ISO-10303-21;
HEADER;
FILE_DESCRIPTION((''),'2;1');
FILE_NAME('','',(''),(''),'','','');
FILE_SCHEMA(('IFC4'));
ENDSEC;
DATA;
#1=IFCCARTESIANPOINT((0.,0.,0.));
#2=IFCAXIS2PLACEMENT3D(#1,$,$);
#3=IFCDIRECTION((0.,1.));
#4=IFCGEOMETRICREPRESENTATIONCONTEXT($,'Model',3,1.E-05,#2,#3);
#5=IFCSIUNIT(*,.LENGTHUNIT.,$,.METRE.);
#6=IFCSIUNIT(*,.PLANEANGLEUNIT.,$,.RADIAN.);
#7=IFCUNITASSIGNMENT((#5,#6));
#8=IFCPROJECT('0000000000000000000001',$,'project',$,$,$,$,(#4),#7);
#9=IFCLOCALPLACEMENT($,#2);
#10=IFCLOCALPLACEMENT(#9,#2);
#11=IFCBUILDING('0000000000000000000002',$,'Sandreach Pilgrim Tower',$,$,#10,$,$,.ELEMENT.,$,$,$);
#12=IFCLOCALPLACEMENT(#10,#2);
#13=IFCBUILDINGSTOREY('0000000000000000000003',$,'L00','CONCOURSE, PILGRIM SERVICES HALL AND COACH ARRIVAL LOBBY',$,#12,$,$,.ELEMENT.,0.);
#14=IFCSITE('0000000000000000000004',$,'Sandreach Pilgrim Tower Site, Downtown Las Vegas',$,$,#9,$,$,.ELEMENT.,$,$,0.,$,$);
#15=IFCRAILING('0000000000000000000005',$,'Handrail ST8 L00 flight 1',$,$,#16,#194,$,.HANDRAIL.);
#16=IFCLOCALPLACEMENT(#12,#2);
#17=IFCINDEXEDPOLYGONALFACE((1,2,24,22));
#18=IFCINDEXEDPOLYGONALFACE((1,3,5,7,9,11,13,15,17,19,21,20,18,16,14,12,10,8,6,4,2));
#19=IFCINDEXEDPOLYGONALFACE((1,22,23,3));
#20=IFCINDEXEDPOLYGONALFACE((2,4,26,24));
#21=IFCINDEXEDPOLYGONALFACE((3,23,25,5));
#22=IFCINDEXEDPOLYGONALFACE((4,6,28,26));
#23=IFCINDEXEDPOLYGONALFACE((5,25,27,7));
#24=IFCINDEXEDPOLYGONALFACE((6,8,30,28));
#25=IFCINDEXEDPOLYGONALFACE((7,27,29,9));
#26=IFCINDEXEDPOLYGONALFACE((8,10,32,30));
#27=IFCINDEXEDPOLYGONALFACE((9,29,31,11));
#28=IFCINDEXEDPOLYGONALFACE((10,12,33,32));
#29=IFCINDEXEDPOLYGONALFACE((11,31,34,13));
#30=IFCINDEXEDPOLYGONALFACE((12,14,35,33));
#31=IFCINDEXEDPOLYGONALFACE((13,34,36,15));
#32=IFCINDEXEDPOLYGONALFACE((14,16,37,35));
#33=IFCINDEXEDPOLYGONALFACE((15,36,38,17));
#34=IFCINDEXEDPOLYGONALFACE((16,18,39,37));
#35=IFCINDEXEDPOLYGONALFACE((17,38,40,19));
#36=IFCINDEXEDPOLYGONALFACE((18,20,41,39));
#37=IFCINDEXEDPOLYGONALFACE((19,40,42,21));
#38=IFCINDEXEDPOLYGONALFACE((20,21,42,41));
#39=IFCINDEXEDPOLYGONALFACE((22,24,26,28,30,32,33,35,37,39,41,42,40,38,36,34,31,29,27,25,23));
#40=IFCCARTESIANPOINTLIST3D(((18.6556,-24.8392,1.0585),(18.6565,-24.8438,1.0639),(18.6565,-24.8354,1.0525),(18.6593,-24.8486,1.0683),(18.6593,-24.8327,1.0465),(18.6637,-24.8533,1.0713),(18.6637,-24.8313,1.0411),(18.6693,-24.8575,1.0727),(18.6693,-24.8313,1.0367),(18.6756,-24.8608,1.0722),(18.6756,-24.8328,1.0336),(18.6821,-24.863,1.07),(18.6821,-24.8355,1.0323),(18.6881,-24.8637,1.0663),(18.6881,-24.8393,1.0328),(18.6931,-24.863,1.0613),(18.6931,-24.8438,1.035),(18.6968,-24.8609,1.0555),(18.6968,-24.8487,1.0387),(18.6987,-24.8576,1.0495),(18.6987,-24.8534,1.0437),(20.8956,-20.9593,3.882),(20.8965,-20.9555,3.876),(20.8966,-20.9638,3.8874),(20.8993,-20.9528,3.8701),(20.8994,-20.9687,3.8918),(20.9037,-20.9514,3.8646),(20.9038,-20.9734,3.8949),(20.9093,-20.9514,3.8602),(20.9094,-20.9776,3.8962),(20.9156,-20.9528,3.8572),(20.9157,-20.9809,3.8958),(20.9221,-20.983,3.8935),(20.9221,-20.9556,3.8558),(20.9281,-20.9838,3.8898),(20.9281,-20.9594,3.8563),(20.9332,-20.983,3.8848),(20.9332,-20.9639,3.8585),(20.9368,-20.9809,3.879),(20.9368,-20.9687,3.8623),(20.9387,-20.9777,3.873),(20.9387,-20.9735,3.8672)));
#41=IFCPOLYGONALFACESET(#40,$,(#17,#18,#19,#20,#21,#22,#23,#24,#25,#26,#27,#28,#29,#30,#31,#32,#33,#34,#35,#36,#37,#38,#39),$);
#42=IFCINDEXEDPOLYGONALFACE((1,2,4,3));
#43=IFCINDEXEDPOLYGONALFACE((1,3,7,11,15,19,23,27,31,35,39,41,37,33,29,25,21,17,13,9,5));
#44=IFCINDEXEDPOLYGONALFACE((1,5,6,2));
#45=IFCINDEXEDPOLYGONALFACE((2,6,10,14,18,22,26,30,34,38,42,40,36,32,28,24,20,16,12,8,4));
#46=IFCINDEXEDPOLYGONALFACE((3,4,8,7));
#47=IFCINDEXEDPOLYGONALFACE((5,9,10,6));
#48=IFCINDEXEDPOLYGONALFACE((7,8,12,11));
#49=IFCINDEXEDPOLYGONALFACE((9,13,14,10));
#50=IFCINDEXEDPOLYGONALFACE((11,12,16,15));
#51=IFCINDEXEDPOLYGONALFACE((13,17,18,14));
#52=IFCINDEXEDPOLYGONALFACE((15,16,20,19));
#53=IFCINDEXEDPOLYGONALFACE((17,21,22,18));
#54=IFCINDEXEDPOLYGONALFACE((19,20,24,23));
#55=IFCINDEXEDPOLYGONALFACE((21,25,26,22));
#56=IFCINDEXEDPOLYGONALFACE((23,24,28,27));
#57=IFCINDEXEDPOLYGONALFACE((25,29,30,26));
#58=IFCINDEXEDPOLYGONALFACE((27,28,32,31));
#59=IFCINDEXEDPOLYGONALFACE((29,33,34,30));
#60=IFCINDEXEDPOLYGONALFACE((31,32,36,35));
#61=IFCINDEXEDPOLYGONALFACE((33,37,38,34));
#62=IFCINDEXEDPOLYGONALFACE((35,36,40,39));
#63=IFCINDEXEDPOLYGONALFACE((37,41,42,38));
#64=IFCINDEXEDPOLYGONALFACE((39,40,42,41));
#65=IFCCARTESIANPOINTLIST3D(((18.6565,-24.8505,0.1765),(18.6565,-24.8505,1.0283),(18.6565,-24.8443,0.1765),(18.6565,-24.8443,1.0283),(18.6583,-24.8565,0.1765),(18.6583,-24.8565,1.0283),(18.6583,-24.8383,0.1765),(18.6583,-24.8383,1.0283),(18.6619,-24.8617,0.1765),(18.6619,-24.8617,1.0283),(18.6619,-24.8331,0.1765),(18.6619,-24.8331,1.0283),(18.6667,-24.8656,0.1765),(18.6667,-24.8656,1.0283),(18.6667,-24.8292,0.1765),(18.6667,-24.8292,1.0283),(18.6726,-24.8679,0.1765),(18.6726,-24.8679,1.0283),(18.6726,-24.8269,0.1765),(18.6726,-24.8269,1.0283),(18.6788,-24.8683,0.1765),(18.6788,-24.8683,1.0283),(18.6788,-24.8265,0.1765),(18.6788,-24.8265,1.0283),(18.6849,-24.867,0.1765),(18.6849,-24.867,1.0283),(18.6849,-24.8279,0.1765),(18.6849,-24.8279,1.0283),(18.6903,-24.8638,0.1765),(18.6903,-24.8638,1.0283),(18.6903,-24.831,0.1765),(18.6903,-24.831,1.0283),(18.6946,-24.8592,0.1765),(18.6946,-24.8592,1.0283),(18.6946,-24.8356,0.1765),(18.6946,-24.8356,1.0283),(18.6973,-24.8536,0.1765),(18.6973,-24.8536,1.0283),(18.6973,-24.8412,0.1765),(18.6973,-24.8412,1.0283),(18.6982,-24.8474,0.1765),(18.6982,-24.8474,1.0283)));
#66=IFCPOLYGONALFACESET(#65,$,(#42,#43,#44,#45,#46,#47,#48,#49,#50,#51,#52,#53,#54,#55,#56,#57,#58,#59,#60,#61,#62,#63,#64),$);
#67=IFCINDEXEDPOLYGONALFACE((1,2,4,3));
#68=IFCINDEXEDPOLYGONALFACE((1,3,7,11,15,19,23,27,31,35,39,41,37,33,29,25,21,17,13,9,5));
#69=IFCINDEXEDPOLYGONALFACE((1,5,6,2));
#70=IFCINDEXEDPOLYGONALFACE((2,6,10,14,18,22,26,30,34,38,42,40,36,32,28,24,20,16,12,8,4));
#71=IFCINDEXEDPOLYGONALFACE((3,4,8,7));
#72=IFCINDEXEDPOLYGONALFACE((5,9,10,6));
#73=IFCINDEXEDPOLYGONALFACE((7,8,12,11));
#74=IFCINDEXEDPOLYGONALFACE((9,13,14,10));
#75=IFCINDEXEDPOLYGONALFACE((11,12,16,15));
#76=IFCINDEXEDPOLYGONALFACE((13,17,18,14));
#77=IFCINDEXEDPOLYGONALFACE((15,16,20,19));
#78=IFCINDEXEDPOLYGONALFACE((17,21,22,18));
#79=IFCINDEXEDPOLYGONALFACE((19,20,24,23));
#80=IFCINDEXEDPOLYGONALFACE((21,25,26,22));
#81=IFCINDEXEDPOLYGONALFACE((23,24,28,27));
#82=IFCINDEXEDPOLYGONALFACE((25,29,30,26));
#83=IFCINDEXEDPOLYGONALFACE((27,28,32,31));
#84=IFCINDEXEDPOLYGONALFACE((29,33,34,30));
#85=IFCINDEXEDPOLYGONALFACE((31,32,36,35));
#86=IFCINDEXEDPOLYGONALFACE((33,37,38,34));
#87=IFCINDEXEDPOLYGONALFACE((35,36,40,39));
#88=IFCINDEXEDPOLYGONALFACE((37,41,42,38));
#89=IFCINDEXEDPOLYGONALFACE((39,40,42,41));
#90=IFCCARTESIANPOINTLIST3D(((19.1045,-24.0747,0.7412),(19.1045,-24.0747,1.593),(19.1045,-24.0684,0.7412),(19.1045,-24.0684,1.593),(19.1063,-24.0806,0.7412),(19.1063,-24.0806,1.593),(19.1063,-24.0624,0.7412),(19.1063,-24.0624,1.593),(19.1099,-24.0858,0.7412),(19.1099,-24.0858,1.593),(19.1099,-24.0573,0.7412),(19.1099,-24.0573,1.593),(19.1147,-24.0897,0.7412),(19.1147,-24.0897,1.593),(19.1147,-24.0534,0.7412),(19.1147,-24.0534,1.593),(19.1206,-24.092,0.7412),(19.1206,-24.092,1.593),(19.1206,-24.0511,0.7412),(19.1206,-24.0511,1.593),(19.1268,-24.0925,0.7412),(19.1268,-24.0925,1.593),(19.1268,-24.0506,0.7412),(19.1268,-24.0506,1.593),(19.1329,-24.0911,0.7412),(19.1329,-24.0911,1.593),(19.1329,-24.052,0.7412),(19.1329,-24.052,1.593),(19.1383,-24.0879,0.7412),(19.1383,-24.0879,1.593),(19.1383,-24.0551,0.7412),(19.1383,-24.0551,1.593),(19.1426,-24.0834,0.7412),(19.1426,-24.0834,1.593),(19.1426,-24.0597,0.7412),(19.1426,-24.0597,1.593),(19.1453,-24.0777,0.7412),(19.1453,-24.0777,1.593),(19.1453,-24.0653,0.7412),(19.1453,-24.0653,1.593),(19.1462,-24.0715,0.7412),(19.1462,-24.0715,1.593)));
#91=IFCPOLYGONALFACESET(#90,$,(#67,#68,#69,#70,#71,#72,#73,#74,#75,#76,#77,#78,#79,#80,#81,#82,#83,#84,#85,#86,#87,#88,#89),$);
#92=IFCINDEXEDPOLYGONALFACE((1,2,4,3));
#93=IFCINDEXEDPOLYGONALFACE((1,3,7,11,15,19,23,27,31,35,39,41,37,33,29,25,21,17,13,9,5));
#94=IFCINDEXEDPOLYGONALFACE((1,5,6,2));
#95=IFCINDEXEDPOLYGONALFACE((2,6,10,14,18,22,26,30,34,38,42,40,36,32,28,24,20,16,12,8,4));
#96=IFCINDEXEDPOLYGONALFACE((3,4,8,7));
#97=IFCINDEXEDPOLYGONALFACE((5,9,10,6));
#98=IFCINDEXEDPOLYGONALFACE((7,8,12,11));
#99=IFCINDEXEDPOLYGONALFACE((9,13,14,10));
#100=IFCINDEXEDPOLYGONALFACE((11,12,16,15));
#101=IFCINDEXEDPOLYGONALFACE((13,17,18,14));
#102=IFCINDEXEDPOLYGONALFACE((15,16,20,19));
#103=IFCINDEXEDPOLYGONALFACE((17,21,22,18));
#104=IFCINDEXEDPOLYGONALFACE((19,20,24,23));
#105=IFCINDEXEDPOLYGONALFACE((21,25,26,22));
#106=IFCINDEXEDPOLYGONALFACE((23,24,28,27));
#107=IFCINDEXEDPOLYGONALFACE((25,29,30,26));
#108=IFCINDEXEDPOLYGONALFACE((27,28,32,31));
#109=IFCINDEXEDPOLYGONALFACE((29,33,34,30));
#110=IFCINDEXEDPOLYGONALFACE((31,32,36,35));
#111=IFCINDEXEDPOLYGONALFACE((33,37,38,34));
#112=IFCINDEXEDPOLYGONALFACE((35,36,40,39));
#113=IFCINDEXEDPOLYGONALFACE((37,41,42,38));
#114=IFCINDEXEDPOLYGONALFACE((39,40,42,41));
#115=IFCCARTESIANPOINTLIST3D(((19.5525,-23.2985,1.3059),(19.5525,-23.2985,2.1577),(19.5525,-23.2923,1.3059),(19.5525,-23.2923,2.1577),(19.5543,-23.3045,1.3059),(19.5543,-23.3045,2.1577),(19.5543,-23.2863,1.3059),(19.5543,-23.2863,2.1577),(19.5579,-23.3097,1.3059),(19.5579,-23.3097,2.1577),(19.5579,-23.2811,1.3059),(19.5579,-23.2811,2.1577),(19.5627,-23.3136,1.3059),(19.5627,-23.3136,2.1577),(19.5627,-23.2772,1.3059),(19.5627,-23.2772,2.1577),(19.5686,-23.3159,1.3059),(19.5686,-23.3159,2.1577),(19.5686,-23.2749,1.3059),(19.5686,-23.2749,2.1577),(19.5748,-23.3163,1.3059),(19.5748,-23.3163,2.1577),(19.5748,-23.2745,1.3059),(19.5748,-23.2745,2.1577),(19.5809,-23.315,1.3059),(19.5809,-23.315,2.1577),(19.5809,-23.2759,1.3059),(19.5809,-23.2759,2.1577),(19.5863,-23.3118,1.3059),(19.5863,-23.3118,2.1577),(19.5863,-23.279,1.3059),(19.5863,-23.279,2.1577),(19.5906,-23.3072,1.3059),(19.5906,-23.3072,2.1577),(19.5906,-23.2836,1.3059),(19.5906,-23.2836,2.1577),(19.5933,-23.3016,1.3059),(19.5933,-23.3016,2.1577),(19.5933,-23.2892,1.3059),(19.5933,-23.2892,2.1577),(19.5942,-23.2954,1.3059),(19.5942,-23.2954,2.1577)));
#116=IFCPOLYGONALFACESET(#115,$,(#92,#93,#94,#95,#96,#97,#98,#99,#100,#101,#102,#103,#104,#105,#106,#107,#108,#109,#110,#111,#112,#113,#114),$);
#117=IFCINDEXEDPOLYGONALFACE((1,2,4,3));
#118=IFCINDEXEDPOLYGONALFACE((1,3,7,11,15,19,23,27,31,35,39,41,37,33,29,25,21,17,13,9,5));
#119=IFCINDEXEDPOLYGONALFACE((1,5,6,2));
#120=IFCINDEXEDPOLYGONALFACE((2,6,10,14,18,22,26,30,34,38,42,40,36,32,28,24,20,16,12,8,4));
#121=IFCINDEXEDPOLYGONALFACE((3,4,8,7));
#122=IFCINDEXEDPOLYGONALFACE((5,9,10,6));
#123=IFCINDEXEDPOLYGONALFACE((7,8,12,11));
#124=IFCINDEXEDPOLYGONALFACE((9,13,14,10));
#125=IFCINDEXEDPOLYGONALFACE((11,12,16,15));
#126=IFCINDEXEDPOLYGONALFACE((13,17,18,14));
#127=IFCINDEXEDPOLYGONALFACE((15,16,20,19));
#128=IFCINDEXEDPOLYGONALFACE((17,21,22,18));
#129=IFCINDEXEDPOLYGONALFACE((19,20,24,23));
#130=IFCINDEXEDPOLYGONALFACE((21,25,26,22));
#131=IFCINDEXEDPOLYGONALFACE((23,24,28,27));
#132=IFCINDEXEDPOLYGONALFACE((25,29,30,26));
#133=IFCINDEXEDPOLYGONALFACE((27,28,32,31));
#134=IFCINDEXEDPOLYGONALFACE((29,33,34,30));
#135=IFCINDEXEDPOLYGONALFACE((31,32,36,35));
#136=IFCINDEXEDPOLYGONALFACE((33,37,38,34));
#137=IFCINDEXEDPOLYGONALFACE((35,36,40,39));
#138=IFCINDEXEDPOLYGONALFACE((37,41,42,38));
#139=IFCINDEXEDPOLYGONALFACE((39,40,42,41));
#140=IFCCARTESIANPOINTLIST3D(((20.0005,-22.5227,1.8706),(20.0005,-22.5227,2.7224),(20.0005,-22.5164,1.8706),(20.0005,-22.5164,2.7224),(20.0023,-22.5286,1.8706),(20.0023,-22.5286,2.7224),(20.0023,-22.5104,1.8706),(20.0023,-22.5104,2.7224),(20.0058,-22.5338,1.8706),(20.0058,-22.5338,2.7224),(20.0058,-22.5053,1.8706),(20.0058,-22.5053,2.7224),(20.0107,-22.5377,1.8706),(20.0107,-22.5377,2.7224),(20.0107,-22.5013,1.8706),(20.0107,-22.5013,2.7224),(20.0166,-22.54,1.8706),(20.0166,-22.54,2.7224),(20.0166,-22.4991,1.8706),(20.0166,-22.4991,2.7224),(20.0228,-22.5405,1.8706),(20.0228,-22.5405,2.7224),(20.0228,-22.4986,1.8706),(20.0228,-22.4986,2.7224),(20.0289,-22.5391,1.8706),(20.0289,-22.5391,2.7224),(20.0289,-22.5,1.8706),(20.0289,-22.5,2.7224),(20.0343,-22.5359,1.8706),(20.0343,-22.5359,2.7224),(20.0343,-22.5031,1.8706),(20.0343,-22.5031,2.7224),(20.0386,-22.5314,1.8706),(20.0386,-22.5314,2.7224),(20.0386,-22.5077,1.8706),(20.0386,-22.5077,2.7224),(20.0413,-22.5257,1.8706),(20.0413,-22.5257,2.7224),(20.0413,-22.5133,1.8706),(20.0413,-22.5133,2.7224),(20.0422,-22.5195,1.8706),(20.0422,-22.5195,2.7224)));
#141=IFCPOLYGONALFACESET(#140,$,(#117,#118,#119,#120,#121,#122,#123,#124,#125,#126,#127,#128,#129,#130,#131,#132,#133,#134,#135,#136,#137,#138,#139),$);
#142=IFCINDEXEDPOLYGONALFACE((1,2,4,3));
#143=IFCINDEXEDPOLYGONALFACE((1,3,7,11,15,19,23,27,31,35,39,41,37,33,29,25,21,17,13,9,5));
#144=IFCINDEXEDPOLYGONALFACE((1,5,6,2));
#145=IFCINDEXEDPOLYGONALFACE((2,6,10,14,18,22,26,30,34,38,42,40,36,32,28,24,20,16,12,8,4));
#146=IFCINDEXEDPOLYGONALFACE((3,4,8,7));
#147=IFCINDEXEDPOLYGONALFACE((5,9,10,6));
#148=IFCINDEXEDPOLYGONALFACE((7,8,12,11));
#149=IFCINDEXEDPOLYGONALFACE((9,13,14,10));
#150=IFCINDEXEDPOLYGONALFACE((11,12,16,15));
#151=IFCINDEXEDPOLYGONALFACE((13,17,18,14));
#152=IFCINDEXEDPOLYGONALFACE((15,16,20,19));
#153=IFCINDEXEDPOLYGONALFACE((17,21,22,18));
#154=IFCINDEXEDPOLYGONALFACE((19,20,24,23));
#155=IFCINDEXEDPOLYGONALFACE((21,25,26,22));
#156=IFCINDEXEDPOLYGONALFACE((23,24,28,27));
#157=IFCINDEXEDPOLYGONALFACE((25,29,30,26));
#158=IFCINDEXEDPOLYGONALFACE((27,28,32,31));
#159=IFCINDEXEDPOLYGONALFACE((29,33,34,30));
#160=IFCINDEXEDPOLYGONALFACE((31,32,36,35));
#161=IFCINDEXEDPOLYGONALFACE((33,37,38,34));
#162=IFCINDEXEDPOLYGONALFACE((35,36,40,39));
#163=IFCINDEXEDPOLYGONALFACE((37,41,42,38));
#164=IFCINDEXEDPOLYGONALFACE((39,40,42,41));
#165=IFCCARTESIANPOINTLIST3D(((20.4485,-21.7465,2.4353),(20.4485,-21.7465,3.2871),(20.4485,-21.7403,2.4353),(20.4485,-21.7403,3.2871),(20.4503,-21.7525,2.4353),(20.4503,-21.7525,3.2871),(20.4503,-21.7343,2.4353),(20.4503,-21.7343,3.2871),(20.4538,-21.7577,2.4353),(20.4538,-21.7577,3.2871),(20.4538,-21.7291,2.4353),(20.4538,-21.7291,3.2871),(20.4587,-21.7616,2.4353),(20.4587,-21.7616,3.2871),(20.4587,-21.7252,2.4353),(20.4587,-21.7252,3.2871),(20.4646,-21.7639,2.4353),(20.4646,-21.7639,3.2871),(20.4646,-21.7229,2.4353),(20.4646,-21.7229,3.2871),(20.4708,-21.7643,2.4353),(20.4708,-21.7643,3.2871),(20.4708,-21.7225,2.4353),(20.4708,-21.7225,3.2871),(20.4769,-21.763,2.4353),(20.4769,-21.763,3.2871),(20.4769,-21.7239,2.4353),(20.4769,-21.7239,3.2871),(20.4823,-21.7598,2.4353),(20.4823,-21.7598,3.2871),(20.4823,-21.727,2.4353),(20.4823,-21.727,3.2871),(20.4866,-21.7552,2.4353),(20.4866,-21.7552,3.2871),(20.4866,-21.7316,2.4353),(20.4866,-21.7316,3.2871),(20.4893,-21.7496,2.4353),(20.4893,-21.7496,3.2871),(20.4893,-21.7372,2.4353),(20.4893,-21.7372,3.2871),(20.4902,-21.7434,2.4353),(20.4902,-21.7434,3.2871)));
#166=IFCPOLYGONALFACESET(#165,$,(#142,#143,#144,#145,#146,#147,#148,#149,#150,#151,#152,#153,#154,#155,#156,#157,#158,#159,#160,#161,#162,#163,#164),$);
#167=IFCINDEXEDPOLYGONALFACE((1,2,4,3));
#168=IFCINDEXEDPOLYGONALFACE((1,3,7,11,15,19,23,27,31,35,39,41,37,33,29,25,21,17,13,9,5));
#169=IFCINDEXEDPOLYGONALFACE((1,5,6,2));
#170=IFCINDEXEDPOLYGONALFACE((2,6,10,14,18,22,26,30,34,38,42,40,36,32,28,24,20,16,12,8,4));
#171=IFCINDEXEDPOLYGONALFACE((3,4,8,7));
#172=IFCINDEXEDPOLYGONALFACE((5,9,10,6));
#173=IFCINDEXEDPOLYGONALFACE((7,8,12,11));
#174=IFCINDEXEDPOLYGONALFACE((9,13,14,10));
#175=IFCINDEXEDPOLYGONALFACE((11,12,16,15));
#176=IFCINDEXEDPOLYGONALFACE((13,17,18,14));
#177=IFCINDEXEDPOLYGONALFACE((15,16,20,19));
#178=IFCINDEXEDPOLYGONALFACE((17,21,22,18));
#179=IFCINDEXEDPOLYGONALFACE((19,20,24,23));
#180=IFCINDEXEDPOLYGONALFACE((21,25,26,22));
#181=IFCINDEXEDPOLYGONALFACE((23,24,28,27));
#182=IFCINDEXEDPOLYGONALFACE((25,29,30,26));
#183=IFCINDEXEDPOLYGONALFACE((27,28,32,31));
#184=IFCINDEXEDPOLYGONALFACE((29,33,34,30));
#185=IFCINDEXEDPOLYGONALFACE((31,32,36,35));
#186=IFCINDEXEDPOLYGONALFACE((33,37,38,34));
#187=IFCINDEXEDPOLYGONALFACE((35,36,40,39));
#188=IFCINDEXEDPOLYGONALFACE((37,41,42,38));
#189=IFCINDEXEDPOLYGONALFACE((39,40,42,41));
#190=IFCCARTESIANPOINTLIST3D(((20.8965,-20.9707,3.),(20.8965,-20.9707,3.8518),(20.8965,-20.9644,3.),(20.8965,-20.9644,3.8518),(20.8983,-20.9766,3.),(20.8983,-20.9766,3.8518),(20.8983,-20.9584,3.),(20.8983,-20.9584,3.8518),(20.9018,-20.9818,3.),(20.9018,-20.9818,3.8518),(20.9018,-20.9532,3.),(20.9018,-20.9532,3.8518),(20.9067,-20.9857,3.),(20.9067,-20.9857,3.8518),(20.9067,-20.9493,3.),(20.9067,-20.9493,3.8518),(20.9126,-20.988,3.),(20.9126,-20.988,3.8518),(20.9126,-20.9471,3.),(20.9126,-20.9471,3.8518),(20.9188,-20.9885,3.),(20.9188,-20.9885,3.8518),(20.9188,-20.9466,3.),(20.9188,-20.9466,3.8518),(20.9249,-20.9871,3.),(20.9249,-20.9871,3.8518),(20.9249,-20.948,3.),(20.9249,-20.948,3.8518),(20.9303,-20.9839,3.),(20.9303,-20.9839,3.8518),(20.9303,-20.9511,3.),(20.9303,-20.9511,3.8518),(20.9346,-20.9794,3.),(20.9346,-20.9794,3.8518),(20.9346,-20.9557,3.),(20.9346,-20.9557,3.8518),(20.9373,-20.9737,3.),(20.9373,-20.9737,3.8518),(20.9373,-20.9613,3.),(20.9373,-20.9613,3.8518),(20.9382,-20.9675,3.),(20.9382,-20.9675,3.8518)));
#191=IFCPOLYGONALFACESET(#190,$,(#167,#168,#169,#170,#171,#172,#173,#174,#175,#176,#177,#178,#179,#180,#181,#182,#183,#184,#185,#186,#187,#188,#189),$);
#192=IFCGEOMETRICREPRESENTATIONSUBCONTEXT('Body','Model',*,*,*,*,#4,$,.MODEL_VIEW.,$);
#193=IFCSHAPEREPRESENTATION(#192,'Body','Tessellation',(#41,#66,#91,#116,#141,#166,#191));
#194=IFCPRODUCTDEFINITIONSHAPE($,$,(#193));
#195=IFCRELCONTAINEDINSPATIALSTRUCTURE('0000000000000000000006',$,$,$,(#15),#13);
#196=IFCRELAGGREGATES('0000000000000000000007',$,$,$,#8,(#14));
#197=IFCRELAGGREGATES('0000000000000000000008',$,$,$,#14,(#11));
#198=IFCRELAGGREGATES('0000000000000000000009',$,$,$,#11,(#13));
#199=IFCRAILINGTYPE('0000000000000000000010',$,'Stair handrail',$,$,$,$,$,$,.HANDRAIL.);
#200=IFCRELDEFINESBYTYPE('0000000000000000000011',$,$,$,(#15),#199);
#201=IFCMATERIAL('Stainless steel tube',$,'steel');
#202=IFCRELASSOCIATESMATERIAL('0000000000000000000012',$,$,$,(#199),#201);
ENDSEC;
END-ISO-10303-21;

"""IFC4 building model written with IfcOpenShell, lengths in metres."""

from ifc_helpers import new_model, si_unit, direction, frame, origin, origin_2d, place, context, subcontext, project, spatial, circle, extrude, material, type_object, element, save


model = new_model("IFC4")

# Units and contexts
model_context = context("Model", 3, precision=1e-05, world=origin(), true_north=direction((0.0, 1.0)))
body_context = subcontext(model_context, "Body", "Model", "MODEL_VIEW")
ifc_project = project(units=[si_unit("LENGTHUNIT", "METRE"), si_unit("PLANEANGLEUNIT", "RADIAN")], contexts=[model_context])

# Site, building, storey
site_placement = place(None, origin())
site = spatial("IfcSite", under=ifc_project, at=site_placement, Name="Sandreach Pilgrim Tower Site, Downtown Las Vegas", CompositionType="ELEMENT", RefElevation=0.0)
building_placement = place(site_placement, origin())
building = spatial("IfcBuilding", under=site, at=building_placement, Name="Sandreach Pilgrim Tower", CompositionType="ELEMENT")
storey_placement = place(building_placement, origin())
storey = spatial("IfcBuildingStorey", under=building, at=storey_placement, Name="L00", Description="CONCOURSE, PILGRIM SERVICES HALL AND COACH ARRIVAL LOBBY", CompositionType="ELEMENT", Elevation=0.0)

# Railing
ifc_material_1 = material(Name="Stainless steel tube", Category="steel")
railing_type = type_object("IfcRailingType", Name="Stair handrail", PredefinedType="HANDRAIL", material=ifc_material_1)
railing_1_placement = place(storey_placement, frame((18.6772, -24.8474, 0.1765)))
element("IfcRailing", 1, at=railing_1_placement, inside=storey, type_object=railing_type, Name="Handrail ST8 L00 flight 1", PredefinedType="HANDRAIL", context=body_context, shape_type="SweptSolid", body=[
    extrude(circle(Radius=0.0239, at=origin_2d()), frame((0.0, 0.0, 0.876), z_axis=(0.422993, 0.732665, 0.533178), x_axis=(-0.866031, 0.49999, 0.0)), (0.0, 0.0, 1.0), 5.2957),
    extrude(circle(Radius=0.021, at=origin_2d()), origin(), (0.0, 0.0, 1.0), 0.8518),
    extrude(circle(Radius=0.021, at=origin_2d()), frame((0.448, 0.7759, 0.5647)), (0.0, 0.0, 1.0), 0.8518),
    extrude(circle(Radius=0.021, at=origin_2d()), frame((0.896, 1.552, 1.1294)), (0.0, 0.0, 1.0), 0.8518),
    extrude(circle(Radius=0.021, at=origin_2d()), frame((1.344, 2.3279, 1.6941)), (0.0, 0.0, 1.0), 0.8518),
    extrude(circle(Radius=0.021, at=origin_2d()), frame((1.792, 3.104, 2.2588)), (0.0, 0.0, 1.0), 0.8518),
    extrude(circle(Radius=0.021, at=origin_2d()), frame((2.24, 3.8799, 2.8235)), (0.0, 0.0, 1.0), 0.8518),
])

save(model, "model.ifc")
